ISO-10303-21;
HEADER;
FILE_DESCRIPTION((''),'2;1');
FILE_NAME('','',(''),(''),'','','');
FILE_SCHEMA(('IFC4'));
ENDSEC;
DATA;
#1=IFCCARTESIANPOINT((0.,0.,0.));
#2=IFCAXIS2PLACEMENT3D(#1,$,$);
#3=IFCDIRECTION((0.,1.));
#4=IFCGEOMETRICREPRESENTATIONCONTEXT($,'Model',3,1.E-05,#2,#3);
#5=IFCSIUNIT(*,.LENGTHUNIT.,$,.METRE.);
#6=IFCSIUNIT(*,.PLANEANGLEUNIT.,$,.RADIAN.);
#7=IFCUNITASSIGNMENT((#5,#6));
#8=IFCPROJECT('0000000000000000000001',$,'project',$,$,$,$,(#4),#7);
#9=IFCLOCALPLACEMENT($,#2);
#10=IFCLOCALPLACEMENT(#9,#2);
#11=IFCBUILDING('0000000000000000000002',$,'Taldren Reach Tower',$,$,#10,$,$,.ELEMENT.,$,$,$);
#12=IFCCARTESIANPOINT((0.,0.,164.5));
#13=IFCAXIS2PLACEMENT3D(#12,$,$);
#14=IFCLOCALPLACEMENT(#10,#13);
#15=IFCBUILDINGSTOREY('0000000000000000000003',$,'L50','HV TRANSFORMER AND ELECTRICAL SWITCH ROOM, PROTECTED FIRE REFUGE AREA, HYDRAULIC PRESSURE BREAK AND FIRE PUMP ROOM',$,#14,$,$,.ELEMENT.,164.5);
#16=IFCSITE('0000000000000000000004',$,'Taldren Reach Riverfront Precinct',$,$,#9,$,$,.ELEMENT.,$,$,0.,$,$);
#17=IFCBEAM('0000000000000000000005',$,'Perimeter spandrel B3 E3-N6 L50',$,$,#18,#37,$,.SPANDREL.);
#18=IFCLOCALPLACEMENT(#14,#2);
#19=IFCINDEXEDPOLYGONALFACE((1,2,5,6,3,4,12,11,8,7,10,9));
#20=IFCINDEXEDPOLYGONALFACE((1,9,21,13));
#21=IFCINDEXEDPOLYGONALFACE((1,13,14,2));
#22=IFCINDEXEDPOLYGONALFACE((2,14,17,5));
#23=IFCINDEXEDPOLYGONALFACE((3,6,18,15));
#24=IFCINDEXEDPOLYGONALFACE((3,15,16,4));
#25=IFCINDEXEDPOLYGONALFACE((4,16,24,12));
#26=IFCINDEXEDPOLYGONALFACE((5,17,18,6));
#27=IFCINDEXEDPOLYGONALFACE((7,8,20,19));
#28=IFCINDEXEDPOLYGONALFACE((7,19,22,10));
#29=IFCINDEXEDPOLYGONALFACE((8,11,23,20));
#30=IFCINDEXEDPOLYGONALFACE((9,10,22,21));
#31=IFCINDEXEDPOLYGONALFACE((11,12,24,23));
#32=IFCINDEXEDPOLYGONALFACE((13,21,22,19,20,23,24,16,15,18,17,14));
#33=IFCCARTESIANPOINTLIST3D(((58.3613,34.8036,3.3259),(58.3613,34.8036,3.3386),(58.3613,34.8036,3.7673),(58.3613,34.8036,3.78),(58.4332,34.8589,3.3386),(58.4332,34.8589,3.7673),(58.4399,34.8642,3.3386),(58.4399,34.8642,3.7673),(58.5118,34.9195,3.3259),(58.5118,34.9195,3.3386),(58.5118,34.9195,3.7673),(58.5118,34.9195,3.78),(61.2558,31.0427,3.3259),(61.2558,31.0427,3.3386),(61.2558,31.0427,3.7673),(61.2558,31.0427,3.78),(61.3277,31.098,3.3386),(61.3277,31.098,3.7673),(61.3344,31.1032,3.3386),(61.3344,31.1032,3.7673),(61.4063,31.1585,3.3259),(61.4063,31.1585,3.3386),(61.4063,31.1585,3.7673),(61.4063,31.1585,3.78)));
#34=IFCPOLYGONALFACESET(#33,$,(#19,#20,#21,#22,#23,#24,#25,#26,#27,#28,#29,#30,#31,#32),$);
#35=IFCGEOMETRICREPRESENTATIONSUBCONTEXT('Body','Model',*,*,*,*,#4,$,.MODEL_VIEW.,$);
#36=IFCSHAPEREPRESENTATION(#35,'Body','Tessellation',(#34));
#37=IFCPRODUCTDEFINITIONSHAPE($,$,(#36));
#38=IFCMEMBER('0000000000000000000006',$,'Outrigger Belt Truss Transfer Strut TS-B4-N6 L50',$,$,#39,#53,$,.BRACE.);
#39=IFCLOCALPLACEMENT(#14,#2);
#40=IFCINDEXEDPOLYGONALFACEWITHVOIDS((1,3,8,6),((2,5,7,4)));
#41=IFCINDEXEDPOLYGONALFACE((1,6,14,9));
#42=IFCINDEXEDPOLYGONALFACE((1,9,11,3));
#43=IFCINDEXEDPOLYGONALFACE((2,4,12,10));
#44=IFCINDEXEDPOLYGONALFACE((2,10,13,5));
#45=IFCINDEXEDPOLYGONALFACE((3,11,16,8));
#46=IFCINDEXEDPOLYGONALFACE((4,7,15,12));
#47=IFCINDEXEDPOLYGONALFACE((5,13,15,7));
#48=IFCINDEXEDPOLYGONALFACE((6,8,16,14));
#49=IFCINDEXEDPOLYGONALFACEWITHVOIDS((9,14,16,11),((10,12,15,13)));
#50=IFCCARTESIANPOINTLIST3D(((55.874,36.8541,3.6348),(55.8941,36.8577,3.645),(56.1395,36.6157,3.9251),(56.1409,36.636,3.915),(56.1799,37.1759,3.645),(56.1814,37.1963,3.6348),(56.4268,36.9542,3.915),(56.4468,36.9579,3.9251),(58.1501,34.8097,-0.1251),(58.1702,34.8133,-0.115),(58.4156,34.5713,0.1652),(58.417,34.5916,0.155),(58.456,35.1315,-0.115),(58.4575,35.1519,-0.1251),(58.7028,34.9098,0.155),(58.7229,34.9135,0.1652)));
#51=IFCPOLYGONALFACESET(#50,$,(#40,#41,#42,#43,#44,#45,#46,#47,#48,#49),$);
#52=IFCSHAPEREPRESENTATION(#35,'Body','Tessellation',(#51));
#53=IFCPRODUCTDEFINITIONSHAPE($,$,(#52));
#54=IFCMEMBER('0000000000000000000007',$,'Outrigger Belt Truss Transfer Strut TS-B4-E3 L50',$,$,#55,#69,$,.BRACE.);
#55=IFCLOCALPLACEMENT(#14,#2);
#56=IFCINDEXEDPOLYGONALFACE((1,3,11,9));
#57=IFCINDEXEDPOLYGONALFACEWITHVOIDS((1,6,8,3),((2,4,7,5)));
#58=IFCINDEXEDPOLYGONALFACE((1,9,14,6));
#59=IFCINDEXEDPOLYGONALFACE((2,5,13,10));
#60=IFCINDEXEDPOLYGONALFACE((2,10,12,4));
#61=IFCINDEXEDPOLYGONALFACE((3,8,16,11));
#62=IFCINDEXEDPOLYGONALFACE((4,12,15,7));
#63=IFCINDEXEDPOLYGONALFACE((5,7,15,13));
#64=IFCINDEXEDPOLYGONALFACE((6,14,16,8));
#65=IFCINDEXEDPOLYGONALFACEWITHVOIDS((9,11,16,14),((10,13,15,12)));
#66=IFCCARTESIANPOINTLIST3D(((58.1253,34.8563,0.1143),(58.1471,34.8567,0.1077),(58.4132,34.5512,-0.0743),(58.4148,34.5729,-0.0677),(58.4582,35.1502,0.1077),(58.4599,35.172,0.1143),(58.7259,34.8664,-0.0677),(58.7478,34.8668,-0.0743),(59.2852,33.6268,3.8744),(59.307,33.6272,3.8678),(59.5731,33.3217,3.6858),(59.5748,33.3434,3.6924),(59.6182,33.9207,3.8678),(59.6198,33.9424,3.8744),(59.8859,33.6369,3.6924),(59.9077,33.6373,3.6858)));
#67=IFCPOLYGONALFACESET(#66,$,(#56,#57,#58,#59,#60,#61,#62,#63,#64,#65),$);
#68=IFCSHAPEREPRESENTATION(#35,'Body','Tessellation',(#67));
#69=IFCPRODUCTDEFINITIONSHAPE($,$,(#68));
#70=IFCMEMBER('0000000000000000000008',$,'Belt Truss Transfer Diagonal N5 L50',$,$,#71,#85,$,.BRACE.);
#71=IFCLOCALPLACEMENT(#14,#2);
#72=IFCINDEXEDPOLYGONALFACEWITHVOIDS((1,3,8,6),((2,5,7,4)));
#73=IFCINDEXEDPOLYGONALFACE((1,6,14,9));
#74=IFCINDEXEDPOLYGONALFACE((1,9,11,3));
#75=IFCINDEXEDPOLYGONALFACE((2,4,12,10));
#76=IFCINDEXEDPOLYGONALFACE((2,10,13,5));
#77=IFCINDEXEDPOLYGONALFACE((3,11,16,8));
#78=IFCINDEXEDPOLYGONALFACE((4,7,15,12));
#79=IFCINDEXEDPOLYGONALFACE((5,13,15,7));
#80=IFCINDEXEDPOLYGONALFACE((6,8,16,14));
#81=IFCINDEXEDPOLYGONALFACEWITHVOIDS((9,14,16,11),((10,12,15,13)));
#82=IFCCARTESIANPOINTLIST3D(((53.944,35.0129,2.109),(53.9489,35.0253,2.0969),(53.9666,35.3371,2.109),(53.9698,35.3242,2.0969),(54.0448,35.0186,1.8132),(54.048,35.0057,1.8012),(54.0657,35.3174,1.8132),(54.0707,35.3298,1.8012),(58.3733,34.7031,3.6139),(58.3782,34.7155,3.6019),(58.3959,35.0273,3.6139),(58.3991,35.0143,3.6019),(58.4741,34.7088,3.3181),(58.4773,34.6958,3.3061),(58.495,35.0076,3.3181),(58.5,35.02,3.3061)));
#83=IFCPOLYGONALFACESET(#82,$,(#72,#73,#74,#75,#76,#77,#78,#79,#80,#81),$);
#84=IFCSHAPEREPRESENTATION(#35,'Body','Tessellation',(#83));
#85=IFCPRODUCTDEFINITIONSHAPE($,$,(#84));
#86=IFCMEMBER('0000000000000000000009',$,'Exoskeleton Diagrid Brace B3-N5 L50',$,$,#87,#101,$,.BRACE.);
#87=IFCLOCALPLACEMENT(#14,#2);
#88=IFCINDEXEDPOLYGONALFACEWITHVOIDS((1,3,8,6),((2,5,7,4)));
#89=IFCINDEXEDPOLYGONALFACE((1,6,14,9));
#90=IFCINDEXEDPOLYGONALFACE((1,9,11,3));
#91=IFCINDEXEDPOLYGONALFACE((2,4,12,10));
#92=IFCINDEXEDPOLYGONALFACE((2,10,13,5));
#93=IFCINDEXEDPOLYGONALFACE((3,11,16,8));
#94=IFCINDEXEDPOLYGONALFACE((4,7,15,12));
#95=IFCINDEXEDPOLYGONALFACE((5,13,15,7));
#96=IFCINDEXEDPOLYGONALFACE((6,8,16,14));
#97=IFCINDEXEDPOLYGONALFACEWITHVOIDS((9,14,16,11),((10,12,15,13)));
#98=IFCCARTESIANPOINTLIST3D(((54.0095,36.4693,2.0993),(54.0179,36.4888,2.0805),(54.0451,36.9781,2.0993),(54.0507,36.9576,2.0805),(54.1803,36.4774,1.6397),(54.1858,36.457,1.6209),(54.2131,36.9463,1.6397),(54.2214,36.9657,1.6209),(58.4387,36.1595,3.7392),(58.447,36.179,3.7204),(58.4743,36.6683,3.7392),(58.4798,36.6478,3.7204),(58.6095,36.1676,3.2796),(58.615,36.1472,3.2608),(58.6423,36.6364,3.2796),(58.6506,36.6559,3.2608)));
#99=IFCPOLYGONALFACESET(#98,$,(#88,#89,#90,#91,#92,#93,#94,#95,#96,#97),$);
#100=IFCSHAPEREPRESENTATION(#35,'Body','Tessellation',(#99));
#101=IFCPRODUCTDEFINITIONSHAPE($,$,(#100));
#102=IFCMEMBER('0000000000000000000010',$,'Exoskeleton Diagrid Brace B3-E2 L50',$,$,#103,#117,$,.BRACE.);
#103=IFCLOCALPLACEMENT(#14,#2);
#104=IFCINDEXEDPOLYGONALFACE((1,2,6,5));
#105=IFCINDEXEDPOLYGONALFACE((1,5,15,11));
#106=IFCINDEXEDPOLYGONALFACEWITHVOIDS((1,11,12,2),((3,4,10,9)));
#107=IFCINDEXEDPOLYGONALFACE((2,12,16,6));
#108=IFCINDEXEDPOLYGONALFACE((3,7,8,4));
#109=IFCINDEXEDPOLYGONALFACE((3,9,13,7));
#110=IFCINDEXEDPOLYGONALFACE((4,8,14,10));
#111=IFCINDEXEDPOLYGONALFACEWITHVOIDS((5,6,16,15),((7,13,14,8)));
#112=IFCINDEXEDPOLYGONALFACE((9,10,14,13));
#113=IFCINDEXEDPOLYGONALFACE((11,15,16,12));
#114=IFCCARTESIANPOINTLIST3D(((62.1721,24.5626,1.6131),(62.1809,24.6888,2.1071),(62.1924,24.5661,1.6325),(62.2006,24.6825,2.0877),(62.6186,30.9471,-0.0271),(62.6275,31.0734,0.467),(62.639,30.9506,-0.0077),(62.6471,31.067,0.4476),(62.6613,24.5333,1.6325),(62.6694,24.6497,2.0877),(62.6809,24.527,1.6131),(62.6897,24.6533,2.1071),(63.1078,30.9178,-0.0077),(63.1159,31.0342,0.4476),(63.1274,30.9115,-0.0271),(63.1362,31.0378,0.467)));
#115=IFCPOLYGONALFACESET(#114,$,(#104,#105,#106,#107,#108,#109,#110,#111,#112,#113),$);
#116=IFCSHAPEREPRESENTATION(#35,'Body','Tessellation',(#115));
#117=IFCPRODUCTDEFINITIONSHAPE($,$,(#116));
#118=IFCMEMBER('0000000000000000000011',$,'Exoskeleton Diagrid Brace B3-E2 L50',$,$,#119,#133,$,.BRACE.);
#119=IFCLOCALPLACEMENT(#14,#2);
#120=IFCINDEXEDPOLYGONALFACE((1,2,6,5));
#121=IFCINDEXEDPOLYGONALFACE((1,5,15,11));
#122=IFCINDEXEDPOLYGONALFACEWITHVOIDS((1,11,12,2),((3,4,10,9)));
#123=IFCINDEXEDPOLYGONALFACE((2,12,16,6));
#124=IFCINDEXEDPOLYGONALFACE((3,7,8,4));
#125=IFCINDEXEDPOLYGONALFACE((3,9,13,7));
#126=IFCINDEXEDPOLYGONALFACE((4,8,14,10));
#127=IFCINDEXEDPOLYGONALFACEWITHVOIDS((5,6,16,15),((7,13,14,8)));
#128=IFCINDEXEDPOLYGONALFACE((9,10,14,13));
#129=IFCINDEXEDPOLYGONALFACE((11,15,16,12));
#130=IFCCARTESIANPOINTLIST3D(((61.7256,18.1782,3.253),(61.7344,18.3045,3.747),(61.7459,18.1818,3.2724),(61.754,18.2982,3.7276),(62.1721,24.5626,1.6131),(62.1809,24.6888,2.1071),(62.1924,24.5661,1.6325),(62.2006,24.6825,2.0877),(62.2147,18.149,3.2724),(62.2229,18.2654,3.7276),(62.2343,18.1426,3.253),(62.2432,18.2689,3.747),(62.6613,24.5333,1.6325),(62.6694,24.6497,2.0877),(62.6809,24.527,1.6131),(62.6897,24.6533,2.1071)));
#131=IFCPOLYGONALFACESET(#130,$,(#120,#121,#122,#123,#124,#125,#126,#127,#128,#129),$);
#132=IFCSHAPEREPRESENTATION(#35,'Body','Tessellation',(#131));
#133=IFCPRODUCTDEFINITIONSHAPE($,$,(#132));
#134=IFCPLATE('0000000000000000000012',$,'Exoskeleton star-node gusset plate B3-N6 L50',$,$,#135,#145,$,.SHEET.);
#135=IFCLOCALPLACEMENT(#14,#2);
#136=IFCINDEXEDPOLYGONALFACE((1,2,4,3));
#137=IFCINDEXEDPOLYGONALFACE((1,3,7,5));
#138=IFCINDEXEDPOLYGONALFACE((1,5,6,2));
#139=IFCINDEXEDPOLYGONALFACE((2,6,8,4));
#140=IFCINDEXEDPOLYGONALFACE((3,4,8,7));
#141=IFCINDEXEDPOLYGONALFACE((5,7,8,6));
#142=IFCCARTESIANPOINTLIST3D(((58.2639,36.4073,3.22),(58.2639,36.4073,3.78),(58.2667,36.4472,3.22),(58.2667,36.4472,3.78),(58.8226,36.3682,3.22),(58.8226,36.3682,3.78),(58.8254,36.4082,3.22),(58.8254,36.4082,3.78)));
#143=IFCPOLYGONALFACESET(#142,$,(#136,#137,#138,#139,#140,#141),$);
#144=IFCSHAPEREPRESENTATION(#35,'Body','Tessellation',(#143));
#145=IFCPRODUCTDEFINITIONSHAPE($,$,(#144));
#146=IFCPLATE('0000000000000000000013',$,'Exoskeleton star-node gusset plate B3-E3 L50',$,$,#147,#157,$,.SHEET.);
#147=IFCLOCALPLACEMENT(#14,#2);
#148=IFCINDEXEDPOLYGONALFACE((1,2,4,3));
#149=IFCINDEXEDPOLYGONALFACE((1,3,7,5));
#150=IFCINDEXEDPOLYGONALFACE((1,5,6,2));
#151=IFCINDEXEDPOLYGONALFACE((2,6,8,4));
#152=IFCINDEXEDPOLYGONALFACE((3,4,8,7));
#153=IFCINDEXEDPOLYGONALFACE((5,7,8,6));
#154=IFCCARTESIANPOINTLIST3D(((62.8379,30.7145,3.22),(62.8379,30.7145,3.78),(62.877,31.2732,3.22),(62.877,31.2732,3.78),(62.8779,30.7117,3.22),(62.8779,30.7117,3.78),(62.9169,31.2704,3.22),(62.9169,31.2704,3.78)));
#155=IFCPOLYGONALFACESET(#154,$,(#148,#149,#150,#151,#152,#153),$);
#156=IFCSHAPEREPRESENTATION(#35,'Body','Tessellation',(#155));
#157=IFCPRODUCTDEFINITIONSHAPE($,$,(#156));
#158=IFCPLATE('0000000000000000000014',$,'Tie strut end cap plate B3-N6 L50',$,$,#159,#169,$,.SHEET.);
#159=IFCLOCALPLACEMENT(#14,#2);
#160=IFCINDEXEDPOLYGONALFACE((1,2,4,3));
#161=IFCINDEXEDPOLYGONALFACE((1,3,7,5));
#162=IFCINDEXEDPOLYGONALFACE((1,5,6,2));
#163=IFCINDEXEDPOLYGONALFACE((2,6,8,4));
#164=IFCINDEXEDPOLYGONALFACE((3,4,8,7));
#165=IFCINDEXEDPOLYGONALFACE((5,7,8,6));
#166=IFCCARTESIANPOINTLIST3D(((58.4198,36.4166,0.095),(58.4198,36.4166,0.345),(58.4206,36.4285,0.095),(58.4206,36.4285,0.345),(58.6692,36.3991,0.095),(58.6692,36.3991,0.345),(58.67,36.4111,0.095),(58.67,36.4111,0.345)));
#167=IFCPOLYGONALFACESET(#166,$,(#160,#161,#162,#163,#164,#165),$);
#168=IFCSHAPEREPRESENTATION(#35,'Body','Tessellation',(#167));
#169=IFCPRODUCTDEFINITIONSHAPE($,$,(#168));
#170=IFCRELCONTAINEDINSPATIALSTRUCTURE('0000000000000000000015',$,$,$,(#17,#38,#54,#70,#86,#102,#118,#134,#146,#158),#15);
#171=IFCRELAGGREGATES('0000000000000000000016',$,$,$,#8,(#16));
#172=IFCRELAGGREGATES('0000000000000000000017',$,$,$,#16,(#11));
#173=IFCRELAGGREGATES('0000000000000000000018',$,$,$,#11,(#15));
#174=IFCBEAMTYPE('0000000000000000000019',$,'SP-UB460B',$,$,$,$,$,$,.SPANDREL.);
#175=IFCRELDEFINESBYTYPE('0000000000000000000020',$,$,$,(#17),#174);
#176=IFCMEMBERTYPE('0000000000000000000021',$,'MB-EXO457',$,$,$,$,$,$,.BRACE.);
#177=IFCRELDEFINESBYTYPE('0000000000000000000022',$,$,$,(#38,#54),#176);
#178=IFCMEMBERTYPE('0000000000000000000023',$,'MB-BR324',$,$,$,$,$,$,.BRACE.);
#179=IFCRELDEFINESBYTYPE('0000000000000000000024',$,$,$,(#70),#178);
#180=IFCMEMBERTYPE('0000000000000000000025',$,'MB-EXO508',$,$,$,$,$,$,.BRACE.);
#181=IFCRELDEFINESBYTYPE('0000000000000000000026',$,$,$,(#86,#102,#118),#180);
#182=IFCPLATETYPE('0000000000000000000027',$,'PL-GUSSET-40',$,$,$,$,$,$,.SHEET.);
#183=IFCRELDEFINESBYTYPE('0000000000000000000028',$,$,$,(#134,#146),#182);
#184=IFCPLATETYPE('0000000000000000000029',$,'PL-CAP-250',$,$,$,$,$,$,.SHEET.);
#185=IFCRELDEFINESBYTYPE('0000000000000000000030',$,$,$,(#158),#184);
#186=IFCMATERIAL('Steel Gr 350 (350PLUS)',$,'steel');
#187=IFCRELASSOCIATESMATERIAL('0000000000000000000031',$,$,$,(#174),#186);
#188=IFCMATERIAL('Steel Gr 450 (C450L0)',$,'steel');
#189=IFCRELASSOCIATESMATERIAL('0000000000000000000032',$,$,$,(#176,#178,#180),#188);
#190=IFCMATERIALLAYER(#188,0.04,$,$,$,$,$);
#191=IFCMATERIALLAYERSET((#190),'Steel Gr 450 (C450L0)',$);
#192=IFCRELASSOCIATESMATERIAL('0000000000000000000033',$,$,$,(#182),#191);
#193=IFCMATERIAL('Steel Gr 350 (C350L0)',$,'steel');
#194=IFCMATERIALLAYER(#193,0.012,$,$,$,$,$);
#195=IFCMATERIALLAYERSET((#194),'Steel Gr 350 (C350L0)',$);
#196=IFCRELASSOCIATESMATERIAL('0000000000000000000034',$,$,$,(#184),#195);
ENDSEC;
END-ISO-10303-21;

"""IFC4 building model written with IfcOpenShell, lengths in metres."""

from ifc_helpers import new_model, si_unit, direction, frame, origin, origin_2d, place, context, subcontext, project, spatial, rectangle, hollow_rectangle, i_section, extrude, source, transform, mapped, material, layer, layer_set, material_profile, profile_set, type_object, element, save


model = new_model("IFC4")

# Units and contexts
model_context = context("Model", 3, precision=1e-05, world=origin(), true_north=direction((0.0, 1.0)))
body_context = subcontext(model_context, "Body", "Model", "MODEL_VIEW")
ifc_project = project(units=[si_unit("LENGTHUNIT", "METRE"), si_unit("PLANEANGLEUNIT", "RADIAN")], contexts=[model_context])

# Site, building, storey
site_placement = place(None, origin())
site = spatial("IfcSite", under=ifc_project, at=site_placement, Name="Taldren Reach Riverfront Precinct", CompositionType="ELEMENT", RefElevation=0.0)
building_placement = place(site_placement, origin())
building = spatial("IfcBuilding", under=site, at=building_placement, Name="Taldren Reach Tower", CompositionType="ELEMENT")
storey_placement = place(building_placement, frame((0.0, 0.0, 164.5)))
storey = spatial("IfcBuildingStorey", under=building, at=storey_placement, Name="L50", Description="HV TRANSFORMER AND ELECTRICAL SWITCH ROOM, PROTECTED FIRE REFUGE AREA, HYDRAULIC PRESSURE BREAK AND FIRE PUMP ROOM", CompositionType="ELEMENT", Elevation=164.5)

# Shared definitions
ifc_material_1 = material(Name="Steel Gr 450 (C450L0)", Category="steel")
ifc_material_2 = material(Name="Steel Gr 350 (350PLUS)", Category="steel")

# Shared definitions
ifc_material_3 = material(Name="Steel Gr 350 (C350L0)", Category="steel")

# Beam
ifc_material_profile_1 = material_profile(ifc_material_2, i_section(OverallWidth=0.1899, OverallDepth=0.4541, WebThickness=0.0085, FlangeThickness=0.0127, at=origin_2d()), Name="460UB67.1")
ifc_profile_set_1 = profile_set([ifc_material_profile_1], Name="Steel Gr 350 (350PLUS)")
beam_type = type_object("IfcBeamType", Name="SP-UB460B", PredefinedType="SPANDREL", material=ifc_profile_set_1)
shared_shape_1 = source(origin(), body_context, "Body", "SweptSolid", [
    extrude(i_section(OverallWidth=0.1899, OverallDepth=0.4541, WebThickness=0.0085, FlangeThickness=0.0127, at=origin_2d()), origin(), (0.0, 0.0, 1.0), 4.7458),
])
beam_1_placement = place(storey_placement, frame((61.3311, 31.1006, 3.553), z_axis=(-0.609905, 0.792475, 0.0), x_axis=(-0.792475, -0.609905, 0.0)))
element("IfcBeam", 1, at=beam_1_placement, inside=storey, type_object=beam_type, Name="Perimeter spandrel B3 E3-N6 L50", PredefinedType="SPANDREL", context=body_context, shape_type="MappedRepresentation", body=[
    mapped(shared_shape_1, transform((0.0, 0.0, 0.0), scale=1.0)),
])

# Members
ifc_material_profile_2 = material_profile(ifc_material_1, hollow_rectangle(XDim=0.46, YDim=0.46, WallThickness=0.0161, at=origin_2d()), Name="460x460x16.0SHS")
ifc_profile_set_2 = profile_set([ifc_material_profile_2], Name="Steel Gr 450 (C450L0)")
member_type_1 = type_object("IfcMemberType", Name="MB-EXO457", PredefinedType="BRACE", material=ifc_profile_set_2)
shared_shape_2 = source(origin(), body_context, "Body", "SweptSolid", [
    extrude(hollow_rectangle(XDim=0.46, YDim=0.46, WallThickness=0.0161, at=origin_2d()), origin(), (0.0, 0.0, 1.0), 4.8474),
])
member_1_placement = place(storey_placement, frame((58.4365, 34.8616, 0.02), z_axis=(-0.469547, 0.421751, 0.775662), x_axis=(-0.668228, -0.743956, 0.0)))
element("IfcMember", 2, at=member_1_placement, inside=storey, type_object=member_type_1, Name="Outrigger Belt Truss Transfer Strut TS-B4-N6 L50", PredefinedType="BRACE", context=body_context, shape_type="MappedRepresentation", body=[
    mapped(shared_shape_2, transform((0.0, 0.0, 0.0), scale=1.0)),
])
shared_shape_3 = source(origin(), body_context, "Body", "SweptSolid", [
    extrude(hollow_rectangle(XDim=0.46, YDim=0.46, WallThickness=0.0161, at=origin_2d()), origin(), (0.0, 0.0, 1.0), 4.1226),
])
member_2_placement = place(storey_placement, frame((58.4365, 34.8616, 0.02), z_axis=(0.281364, -0.298242, 0.912078), x_axis=(0.72739, 0.686225, 0.0)))
element("IfcMember", 3, at=member_2_placement, inside=storey, type_object=member_type_1, Name="Outrigger Belt Truss Transfer Strut TS-B4-E3 L50", PredefinedType="BRACE", context=body_context, shape_type="MappedRepresentation", body=[
    mapped(shared_shape_3, transform((0.0, 0.0, 0.0), scale=1.0)),
])
ifc_material_profile_3 = material_profile(ifc_material_1, hollow_rectangle(XDim=0.325, YDim=0.325, WallThickness=0.0127, at=origin_2d()), Name="325x325x12.7SHS")
ifc_profile_set_3 = profile_set([ifc_material_profile_3], Name="Steel Gr 450 (C450L0)")
member_type_2 = type_object("IfcMemberType", Name="MB-BR324", PredefinedType="BRACE", material=ifc_profile_set_3)
shared_shape_4 = source(origin(), body_context, "Body", "SweptSolid", [
    extrude(hollow_rectangle(XDim=0.325, YDim=0.325, WallThickness=0.0127, at=origin_2d()), origin(), (0.0, 0.0, 1.0), 4.6882),
])
member_3_placement = place(storey_placement, frame((54.0073, 35.1714, 1.9551), z_axis=(0.944771, -0.066085, 0.320999), x_axis=(0.069778, 0.997563, 0.0)))
element("IfcMember", 4, at=member_3_placement, inside=storey, type_object=member_type_2, Name="Belt Truss Transfer Diagonal N5 L50", PredefinedType="BRACE", context=body_context, shape_type="MappedRepresentation", body=[
    mapped(shared_shape_4, transform((0.0, 0.0, 0.0), scale=1.0)),
])
ifc_material_profile_4 = material_profile(ifc_material_1, hollow_rectangle(XDim=0.51, YDim=0.51, WallThickness=0.02, at=origin_2d()), Name="510x510x20.0SHS")
ifc_profile_set_4 = profile_set([ifc_material_profile_4], Name="Steel Gr 450 (C450L0)")
member_type_3 = type_object("IfcMemberType", Name="MB-EXO508", PredefinedType="BRACE", material=ifc_profile_set_4)
shared_shape_5 = source(origin(), body_context, "Body", "SweptSolid", [
    extrude(hollow_rectangle(XDim=0.51, YDim=0.51, WallThickness=0.02, at=origin_2d()), origin(), (0.0, 0.0, 1.0), 4.7332),
])
member_4_placement = place(storey_placement, frame((54.1155, 36.7175, 1.8601), z_axis=(0.935776, -0.065456, 0.346467), x_axis=(0.069778, 0.997563, 0.0)))
element("IfcMember", 5, at=member_4_placement, inside=storey, type_object=member_type_3, Name="Exoskeleton Diagrid Brace B3-N5 L50", PredefinedType="BRACE", context=body_context, shape_type="MappedRepresentation", body=[
    mapped(shared_shape_5, transform((0.0, 0.0, 0.0), scale=1.0)),
])
shared_shape_6 = source(origin(), body_context, "Body", "SweptSolid", [
    extrude(hollow_rectangle(XDim=0.51, YDim=0.51, WallThickness=0.02, at=origin_2d()), origin(), (0.0, 0.0, 1.0), 6.6069),
])
member_5_placement = place(storey_placement, frame((62.8774, 30.9924, 0.22), z_axis=(-0.067586, -0.966337, 0.248245), x_axis=(0.997563, -0.06977, 0.0)))
element("IfcMember", 6, at=member_5_placement, inside=storey, type_object=member_type_3, Name="Exoskeleton Diagrid Brace B3-E2 L50", PredefinedType="BRACE", context=body_context, shape_type="MappedRepresentation", body=[
    mapped(shared_shape_6, transform((0.0, 0.0, 0.0), scale=1.0)),
])
shared_shape_7 = source(origin(), body_context, "Body", "SweptSolid", [
    extrude(hollow_rectangle(XDim=0.51, YDim=0.51, WallThickness=0.02, at=origin_2d()), origin(), (0.0, 0.0, 1.0), 6.6067),
])
member_6_placement = place(storey_placement, frame((62.4309, 24.6079, 1.8601), z_axis=(-0.067589, -0.966343, 0.248219), x_axis=(0.997563, -0.069772, 0.0)))
element("IfcMember", 7, at=member_6_placement, inside=storey, type_object=member_type_3, Name="Exoskeleton Diagrid Brace B3-E2 L50", PredefinedType="BRACE", context=body_context, shape_type="MappedRepresentation", body=[
    mapped(shared_shape_7, transform((0.0, 0.0, 0.0), scale=1.0)),
])

# Plates
ifc_layer_1 = layer(ifc_material_1, 0.04)
ifc_layer_set_1 = layer_set([ifc_layer_1], Name="Steel Gr 450 (C450L0)")
plate_type_1 = type_object("IfcPlateType", Name="PL-GUSSET-40", PredefinedType="SHEET", material=ifc_layer_set_1)
shared_shape_8 = source(origin(), body_context, "Body", "SweptSolid", [
    extrude(rectangle(XDim=0.5601, YDim=0.04, at=origin_2d()), origin(), (0.0, 0.0, 1.0), 0.5601),
])
for number, where, z_axis, x_axis, name in (
    (8, (58.5447, 36.4077, 3.22), (0.0, 0.0, 1.0), (0.997564, -0.069756, 0.0), "Exoskeleton star-node gusset plate B3-N6 L50"),
    (9, (62.8774, 30.9924, 3.22), (0.0, 0.0, 1.0), (0.069756, 0.997564, 0.0), "Exoskeleton star-node gusset plate B3-E3 L50"),
):
    element("IfcPlate", number, at=place(storey_placement, frame(where, z_axis=z_axis, x_axis=x_axis)), inside=storey, type_object=plate_type_1, Name=name, PredefinedType="SHEET", context=body_context, shape_type="MappedRepresentation", body=[
        mapped(shared_shape_8, transform((0.0, 0.0, 0.0), scale=1.0)),
    ])
ifc_layer_2 = layer(ifc_material_3, 0.012)
ifc_layer_set_2 = layer_set([ifc_layer_2], Name="Steel Gr 350 (C350L0)")
plate_type_2 = type_object("IfcPlateType", Name="PL-CAP-250", PredefinedType="SHEET", material=ifc_layer_set_2)
shared_shape_9 = source(origin(), body_context, "Body", "SweptSolid", [
    extrude(rectangle(XDim=0.25, YDim=0.012, at=origin_2d()), origin(), (0.0, 0.0, 1.0), 0.25),
])
plate_1_placement = place(storey_placement, frame((58.5449, 36.4138, 0.095), z_axis=(0.0, 0.0, 1.0), x_axis=(0.997564, -0.069756, 0.0)))
element("IfcPlate", 10, at=plate_1_placement, inside=storey, type_object=plate_type_2, Name="Tie strut end cap plate B3-N6 L50", PredefinedType="SHEET", context=body_context, shape_type="MappedRepresentation", body=[
    mapped(shared_shape_9, transform((0.0, 0.0, 0.0), scale=1.0)),
])

save(model, "model.ifc")
